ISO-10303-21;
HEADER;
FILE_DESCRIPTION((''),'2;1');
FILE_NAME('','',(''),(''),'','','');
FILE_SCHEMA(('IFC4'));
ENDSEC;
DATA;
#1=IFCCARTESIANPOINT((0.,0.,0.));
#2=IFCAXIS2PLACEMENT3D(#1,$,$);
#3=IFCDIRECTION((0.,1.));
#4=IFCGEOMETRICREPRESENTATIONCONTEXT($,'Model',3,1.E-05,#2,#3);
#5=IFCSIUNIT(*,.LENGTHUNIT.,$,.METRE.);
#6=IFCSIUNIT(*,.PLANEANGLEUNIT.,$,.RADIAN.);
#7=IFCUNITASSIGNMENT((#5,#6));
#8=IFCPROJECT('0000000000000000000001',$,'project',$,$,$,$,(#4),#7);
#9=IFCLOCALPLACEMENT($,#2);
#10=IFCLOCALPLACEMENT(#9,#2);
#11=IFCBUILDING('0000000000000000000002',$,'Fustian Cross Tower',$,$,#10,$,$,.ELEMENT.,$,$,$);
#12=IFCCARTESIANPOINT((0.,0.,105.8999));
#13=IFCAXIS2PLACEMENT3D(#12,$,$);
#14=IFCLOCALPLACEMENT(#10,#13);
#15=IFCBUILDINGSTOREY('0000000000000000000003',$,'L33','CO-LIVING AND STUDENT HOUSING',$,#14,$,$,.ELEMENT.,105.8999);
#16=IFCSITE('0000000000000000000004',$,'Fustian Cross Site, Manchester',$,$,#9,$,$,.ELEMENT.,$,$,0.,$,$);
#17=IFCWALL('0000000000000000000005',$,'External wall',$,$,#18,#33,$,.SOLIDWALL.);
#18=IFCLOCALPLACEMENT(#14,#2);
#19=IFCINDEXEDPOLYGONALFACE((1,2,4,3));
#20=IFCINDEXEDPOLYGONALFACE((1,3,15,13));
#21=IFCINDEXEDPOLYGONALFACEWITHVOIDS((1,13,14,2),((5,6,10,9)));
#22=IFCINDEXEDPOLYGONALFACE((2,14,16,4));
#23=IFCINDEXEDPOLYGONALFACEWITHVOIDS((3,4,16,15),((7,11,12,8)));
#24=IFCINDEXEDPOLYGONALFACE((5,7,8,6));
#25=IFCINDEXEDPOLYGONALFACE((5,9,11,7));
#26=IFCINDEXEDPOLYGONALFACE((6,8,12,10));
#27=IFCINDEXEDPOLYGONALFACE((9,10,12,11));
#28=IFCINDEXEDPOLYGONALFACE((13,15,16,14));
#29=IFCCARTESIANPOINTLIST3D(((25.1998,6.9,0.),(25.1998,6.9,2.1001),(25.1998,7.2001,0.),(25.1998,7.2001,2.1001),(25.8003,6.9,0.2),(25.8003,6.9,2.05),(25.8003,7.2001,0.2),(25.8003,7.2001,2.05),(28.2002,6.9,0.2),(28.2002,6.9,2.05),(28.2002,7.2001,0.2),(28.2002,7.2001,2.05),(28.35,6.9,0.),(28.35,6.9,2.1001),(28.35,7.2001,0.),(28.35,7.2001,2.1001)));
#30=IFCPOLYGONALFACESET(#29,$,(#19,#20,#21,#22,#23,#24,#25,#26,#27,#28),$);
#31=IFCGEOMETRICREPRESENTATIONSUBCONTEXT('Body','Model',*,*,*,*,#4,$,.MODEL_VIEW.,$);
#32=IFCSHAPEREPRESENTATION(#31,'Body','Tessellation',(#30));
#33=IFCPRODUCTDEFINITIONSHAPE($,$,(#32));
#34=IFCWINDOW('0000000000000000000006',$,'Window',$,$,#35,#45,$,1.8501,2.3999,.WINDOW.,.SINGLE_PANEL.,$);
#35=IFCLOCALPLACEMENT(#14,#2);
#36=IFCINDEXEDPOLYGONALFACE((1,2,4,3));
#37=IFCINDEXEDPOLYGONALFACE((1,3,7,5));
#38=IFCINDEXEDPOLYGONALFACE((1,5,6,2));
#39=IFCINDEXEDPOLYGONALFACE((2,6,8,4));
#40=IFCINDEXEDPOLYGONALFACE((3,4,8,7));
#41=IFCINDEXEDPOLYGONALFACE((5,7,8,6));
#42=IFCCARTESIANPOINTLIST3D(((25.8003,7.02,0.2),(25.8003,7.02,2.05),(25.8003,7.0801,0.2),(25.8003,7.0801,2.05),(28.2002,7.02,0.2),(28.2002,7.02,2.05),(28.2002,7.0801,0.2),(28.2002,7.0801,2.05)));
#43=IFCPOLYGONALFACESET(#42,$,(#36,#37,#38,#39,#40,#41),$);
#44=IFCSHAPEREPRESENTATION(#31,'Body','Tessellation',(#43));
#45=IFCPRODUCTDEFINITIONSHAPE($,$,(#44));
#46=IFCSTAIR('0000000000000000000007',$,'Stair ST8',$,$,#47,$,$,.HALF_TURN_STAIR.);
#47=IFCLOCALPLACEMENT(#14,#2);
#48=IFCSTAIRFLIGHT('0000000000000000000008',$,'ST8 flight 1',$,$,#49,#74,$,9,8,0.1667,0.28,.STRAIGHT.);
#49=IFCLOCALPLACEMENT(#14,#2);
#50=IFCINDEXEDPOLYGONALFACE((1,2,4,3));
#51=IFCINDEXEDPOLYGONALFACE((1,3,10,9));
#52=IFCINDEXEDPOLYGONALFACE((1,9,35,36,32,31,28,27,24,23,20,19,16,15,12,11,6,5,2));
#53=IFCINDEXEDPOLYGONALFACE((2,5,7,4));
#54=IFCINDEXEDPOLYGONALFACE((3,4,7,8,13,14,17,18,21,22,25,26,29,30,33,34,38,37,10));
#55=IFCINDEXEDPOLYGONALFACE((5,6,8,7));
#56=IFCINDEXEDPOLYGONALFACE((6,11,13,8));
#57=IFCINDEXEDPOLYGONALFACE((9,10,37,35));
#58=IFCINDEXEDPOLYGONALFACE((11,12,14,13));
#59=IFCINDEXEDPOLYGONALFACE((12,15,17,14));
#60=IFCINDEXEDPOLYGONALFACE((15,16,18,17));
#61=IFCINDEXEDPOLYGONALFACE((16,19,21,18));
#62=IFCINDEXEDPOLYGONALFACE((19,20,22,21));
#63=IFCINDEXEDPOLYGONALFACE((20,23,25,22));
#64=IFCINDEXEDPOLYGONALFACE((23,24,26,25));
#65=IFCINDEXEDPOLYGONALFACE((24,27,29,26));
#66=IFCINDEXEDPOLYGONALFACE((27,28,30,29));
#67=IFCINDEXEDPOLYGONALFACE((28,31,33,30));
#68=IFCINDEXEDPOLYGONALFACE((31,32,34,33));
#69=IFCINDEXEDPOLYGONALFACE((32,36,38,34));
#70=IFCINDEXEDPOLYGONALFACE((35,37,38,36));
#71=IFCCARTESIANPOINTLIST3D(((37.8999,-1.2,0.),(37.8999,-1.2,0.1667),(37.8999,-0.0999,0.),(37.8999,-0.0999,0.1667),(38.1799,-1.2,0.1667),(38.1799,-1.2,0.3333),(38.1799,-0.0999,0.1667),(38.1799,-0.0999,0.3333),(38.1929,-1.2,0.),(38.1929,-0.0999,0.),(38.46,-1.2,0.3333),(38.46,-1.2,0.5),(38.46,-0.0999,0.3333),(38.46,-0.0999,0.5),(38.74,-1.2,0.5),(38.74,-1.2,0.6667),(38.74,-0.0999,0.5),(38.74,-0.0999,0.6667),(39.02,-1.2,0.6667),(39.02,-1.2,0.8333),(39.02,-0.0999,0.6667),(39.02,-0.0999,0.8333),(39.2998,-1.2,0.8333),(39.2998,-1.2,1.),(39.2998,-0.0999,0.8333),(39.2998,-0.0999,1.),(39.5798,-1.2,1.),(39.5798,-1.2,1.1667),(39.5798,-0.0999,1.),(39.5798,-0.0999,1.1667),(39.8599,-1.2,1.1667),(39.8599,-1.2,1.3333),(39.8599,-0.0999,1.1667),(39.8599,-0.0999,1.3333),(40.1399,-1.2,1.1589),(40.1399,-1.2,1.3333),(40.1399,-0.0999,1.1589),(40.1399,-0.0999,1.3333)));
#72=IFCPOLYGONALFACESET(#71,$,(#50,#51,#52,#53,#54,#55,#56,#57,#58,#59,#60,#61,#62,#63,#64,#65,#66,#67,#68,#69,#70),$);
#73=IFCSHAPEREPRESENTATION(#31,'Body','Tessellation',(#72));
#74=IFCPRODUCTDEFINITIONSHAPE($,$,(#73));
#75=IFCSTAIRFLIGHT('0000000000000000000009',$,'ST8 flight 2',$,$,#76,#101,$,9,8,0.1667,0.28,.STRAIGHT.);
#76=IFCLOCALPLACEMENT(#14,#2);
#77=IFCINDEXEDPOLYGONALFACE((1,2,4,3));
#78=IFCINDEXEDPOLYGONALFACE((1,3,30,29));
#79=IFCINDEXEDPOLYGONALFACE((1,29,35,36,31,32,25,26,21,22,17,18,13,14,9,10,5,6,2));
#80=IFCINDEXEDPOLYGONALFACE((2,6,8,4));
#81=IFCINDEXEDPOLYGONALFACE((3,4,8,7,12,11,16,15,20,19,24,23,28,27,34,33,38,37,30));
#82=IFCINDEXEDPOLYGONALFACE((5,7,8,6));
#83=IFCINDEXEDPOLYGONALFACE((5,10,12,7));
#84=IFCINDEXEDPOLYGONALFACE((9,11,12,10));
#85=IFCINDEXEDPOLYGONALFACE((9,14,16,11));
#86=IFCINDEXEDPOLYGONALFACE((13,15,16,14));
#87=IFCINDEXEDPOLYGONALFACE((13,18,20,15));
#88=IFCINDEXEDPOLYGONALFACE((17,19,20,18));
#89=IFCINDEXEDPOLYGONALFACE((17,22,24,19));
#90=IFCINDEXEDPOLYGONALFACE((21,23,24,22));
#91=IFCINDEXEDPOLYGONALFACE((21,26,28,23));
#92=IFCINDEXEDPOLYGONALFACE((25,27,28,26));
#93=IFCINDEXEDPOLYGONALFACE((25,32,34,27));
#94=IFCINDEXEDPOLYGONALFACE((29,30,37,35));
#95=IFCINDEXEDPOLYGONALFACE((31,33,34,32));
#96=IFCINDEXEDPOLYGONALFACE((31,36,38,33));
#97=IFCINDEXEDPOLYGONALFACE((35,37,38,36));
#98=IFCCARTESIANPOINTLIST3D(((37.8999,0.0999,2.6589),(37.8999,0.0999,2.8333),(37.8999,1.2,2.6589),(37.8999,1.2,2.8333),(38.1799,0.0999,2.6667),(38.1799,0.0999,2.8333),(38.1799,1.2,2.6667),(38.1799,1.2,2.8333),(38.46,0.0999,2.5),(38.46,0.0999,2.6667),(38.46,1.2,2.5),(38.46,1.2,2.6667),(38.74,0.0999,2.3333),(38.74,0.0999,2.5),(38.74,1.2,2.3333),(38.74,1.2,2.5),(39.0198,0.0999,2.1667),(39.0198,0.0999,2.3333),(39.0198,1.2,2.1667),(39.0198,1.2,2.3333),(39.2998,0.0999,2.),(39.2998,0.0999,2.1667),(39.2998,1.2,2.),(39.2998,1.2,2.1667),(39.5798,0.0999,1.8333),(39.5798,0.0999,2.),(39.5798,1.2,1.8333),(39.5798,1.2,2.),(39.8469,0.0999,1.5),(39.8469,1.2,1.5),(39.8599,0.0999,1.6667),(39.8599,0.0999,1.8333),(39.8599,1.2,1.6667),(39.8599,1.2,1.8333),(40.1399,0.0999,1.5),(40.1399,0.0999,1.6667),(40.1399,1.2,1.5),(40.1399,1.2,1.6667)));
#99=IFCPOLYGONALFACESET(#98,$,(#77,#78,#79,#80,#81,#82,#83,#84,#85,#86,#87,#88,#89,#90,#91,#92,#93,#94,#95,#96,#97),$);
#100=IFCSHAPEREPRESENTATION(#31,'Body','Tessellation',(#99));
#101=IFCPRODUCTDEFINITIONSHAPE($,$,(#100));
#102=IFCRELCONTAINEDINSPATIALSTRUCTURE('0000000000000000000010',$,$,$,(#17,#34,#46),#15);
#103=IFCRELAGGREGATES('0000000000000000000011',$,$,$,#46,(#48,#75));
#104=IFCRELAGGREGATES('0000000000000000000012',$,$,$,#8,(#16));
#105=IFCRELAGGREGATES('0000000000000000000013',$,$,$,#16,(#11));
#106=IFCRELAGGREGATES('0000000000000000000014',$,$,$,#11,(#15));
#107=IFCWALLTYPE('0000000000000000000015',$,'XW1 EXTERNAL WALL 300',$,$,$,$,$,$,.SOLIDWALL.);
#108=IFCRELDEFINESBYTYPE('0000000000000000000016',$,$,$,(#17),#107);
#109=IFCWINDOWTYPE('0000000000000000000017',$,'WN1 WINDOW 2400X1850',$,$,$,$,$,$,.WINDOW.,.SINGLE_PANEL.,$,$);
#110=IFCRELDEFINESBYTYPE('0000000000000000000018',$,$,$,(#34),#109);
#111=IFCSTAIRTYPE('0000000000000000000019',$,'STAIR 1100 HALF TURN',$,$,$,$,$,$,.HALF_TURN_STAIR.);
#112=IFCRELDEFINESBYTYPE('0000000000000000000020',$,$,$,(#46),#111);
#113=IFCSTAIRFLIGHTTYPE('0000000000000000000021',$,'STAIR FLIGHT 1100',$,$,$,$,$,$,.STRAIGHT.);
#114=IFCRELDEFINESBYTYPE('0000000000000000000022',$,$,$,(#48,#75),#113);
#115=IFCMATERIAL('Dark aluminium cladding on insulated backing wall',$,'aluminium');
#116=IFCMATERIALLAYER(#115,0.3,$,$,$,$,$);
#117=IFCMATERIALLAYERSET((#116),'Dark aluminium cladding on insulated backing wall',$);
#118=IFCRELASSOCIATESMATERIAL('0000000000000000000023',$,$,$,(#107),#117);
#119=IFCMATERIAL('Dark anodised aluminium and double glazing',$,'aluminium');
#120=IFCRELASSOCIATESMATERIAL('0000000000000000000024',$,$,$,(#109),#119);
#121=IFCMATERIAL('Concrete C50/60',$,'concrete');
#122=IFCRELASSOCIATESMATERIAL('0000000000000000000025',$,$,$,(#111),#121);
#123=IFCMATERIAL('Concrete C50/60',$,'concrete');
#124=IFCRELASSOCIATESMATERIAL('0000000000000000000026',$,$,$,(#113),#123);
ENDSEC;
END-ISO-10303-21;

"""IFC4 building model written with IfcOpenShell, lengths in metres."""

from ifc_helpers import new_model, si_unit, direction, frame, frame_2d, origin, place, context, subcontext, project, spatial, polyline, rectangle, outline, extrude, material, layer, layer_set, type_object, element, fill, aggregate, save


model = new_model("IFC4")

# Units and contexts
model_context = context("Model", 3, precision=1e-05, world=origin(), true_north=direction((0.0, 1.0)))
body_context = subcontext(model_context, "Body", "Model", "MODEL_VIEW")
ifc_project = project(units=[si_unit("LENGTHUNIT", "METRE"), si_unit("PLANEANGLEUNIT", "RADIAN")], contexts=[model_context])

# Site, building, storey
site_placement = place(None, origin())
site = spatial("IfcSite", under=ifc_project, at=site_placement, Name="Fustian Cross Site, Manchester", CompositionType="ELEMENT", RefElevation=0.0)
building_placement = place(site_placement, origin())
building = spatial("IfcBuilding", under=site, at=building_placement, Name="Fustian Cross Tower", CompositionType="ELEMENT")
storey_placement = place(building_placement, frame((0.0, 0.0, 105.8999)))
storey = spatial("IfcBuildingStorey", under=building, at=storey_placement, Name="L33", Description="CO-LIVING AND STUDENT HOUSING", CompositionType="ELEMENT", Elevation=105.8999)

# Shared definitions
ifc_material_1 = material(Name="Dark aluminium cladding on insulated backing wall", Category="aluminium")
ifc_layer_1 = layer(ifc_material_1, 0.3)
ifc_layer_set_1 = layer_set([ifc_layer_1], Name="Dark aluminium cladding on insulated backing wall")
wall_type_1 = type_object("IfcWallType", Name="XW1 EXTERNAL WALL 300", PredefinedType="SOLIDWALL", material=ifc_layer_set_1)

# Shared definitions
ifc_material_2 = material(Name="Dark anodised aluminium and double glazing", Category="aluminium")
window_type_1 = type_object("IfcWindowType", Name="WN1 WINDOW 2400X1850", PartitioningType="SINGLE_PANEL", PredefinedType="WINDOW", material=ifc_material_2)

# Wall, opening, window
wall_1_placement = place(storey_placement, frame((28.3501, 7.05, 0.0), z_axis=(0.0, 0.0, 1.0), x_axis=(-1.0, 0.0, 0.0)))
wall_1 = element("IfcWall", 1, at=wall_1_placement, inside=storey, type_object=wall_type_1, Name="External wall", PredefinedType="SOLIDWALL", context=body_context, shape_type="SweptSolid", body=[
    extrude(rectangle(XDim=3.1501, YDim=0.3, at=frame_2d((1.5752, 0.0))), origin(), (0.0, 0.0, 1.0), 2.1001),
])
opening_1_placement = place(wall_1_placement, frame((0.1499, 0.0, 0.2)))
opening_1 = element("IfcOpeningElement", 2, at=opening_1_placement, cuts=wall_1, PredefinedType="OPENING", context=body_context, shape_type="SweptSolid", body=[
    extrude(rectangle(XDim=2.3999, YDim=1.8501, at=frame_2d((1.2, 0.925))), frame((0.0, 0.1599, 0.0), z_axis=(0.0, -1.0, 0.0), x_axis=(1.0, 0.0, 0.0)), (0.0, 0.0, 1.0), 0.3201),
])
window_1_placement = place(opening_1_placement, origin())
window_1 = element("IfcWindow", 3, at=window_1_placement, inside=storey, type_object=window_type_1, Name="Window", OverallHeight=1.8501, OverallWidth=2.3999, PartitioningType="SINGLE_PANEL", PredefinedType="WINDOW", context=body_context, shape_type="SweptSolid", body=[
    extrude(rectangle(XDim=2.3999, YDim=1.8501, at=frame_2d((1.2, 0.925))), frame((0.0, 0.03, 0.0), z_axis=(0.0, -1.0, 0.0), x_axis=(1.0, 0.0, 0.0)), (0.0, 0.0, 1.0), 0.0601),
])
fill(opening_1, window_1)

# Stair, stair flights
ifc_material_3 = material(Name="Concrete C50/60", Category="concrete")
stair_type = type_object("IfcStairType", Name="STAIR 1100 HALF TURN", PredefinedType="HALF_TURN_STAIR", material=ifc_material_3)
stair_placement = place(storey_placement, origin())
stair = element("IfcStair", 4, at=stair_placement, inside=storey, type_object=stair_type, Name="Stair ST8", PredefinedType="HALF_TURN_STAIR")
ifc_material_4 = material(Name="Concrete C50/60", Category="concrete")
stair_flight_type = type_object("IfcStairFlightType", Name="STAIR FLIGHT 1100", PredefinedType="STRAIGHT", material=ifc_material_4)
stair_flight_1_placement = place(storey_placement, frame((37.8999, -0.6499, 0.0), z_axis=(0.0, 0.0, 1.0), x_axis=(1.0, 0.0, 0.0)))
stair_flight_1 = element("IfcStairFlight", 5, at=stair_flight_1_placement, type_object=stair_flight_type, Name="ST8 flight 1", NumberOfRisers=9, NumberOfTreads=8, PredefinedType="STRAIGHT", RiserHeight=0.1667, TreadLength=0.28, context=body_context, shape_type="SweptSolid", body=[
    extrude(outline(polyline([(0.0, 0.0), (0.0, 0.1667), (0.28, 0.1667), (0.28, 0.3333), (0.5601, 0.3333), (0.5601, 0.5), (0.8401, 0.5), (0.8401, 0.6667), (1.1201, 0.6667), (1.1201, 0.8333), (1.3999, 0.8333), (1.3999, 1.0), (1.6799, 1.0), (1.6799, 1.1667), (1.96, 1.1667), (1.96, 1.3333), (2.24, 1.3333), (2.24, 1.5), (2.24, 1.1589), (0.293, 0.0), (0.0, 0.0)])), frame((0.0, 0.55, 0.0), z_axis=(0.0, -1.0, 0.0), x_axis=(1.0, 0.0, 0.0)), (0.0, 0.0, 1.0), 1.1001),
])
stair_flight_2_placement = place(storey_placement, frame((40.1399, 0.6499, 1.5), z_axis=(0.0, 0.0, 1.0), x_axis=(-1.0, 0.0, 0.0)))
stair_flight_2 = element("IfcStairFlight", 6, at=stair_flight_2_placement, type_object=stair_flight_type, Name="ST8 flight 2", NumberOfRisers=9, NumberOfTreads=8, PredefinedType="STRAIGHT", RiserHeight=0.1667, TreadLength=0.28, context=body_context, shape_type="SweptSolid", body=[
    extrude(outline(polyline([(0.0, 0.0), (0.0, 0.1667), (0.28, 0.1667), (0.28, 0.3333), (0.5601, 0.3333), (0.5601, 0.5), (0.8401, 0.5), (0.8401, 0.6667), (1.1201, 0.6667), (1.1201, 0.8333), (1.3999, 0.8333), (1.3999, 1.0), (1.6799, 1.0), (1.6799, 1.1667), (1.96, 1.1667), (1.96, 1.3333), (2.24, 1.3333), (2.24, 1.5), (2.24, 1.1589), (0.293, 0.0), (0.0, 0.0)])), frame((0.0, 0.55, 0.0), z_axis=(0.0, -1.0, 0.0), x_axis=(1.0, 0.0, 0.0)), (0.0, 0.0, 1.0), 1.1001),
])
aggregate(stair, [stair_flight_1, stair_flight_2])

save(model, "model.ifc")
